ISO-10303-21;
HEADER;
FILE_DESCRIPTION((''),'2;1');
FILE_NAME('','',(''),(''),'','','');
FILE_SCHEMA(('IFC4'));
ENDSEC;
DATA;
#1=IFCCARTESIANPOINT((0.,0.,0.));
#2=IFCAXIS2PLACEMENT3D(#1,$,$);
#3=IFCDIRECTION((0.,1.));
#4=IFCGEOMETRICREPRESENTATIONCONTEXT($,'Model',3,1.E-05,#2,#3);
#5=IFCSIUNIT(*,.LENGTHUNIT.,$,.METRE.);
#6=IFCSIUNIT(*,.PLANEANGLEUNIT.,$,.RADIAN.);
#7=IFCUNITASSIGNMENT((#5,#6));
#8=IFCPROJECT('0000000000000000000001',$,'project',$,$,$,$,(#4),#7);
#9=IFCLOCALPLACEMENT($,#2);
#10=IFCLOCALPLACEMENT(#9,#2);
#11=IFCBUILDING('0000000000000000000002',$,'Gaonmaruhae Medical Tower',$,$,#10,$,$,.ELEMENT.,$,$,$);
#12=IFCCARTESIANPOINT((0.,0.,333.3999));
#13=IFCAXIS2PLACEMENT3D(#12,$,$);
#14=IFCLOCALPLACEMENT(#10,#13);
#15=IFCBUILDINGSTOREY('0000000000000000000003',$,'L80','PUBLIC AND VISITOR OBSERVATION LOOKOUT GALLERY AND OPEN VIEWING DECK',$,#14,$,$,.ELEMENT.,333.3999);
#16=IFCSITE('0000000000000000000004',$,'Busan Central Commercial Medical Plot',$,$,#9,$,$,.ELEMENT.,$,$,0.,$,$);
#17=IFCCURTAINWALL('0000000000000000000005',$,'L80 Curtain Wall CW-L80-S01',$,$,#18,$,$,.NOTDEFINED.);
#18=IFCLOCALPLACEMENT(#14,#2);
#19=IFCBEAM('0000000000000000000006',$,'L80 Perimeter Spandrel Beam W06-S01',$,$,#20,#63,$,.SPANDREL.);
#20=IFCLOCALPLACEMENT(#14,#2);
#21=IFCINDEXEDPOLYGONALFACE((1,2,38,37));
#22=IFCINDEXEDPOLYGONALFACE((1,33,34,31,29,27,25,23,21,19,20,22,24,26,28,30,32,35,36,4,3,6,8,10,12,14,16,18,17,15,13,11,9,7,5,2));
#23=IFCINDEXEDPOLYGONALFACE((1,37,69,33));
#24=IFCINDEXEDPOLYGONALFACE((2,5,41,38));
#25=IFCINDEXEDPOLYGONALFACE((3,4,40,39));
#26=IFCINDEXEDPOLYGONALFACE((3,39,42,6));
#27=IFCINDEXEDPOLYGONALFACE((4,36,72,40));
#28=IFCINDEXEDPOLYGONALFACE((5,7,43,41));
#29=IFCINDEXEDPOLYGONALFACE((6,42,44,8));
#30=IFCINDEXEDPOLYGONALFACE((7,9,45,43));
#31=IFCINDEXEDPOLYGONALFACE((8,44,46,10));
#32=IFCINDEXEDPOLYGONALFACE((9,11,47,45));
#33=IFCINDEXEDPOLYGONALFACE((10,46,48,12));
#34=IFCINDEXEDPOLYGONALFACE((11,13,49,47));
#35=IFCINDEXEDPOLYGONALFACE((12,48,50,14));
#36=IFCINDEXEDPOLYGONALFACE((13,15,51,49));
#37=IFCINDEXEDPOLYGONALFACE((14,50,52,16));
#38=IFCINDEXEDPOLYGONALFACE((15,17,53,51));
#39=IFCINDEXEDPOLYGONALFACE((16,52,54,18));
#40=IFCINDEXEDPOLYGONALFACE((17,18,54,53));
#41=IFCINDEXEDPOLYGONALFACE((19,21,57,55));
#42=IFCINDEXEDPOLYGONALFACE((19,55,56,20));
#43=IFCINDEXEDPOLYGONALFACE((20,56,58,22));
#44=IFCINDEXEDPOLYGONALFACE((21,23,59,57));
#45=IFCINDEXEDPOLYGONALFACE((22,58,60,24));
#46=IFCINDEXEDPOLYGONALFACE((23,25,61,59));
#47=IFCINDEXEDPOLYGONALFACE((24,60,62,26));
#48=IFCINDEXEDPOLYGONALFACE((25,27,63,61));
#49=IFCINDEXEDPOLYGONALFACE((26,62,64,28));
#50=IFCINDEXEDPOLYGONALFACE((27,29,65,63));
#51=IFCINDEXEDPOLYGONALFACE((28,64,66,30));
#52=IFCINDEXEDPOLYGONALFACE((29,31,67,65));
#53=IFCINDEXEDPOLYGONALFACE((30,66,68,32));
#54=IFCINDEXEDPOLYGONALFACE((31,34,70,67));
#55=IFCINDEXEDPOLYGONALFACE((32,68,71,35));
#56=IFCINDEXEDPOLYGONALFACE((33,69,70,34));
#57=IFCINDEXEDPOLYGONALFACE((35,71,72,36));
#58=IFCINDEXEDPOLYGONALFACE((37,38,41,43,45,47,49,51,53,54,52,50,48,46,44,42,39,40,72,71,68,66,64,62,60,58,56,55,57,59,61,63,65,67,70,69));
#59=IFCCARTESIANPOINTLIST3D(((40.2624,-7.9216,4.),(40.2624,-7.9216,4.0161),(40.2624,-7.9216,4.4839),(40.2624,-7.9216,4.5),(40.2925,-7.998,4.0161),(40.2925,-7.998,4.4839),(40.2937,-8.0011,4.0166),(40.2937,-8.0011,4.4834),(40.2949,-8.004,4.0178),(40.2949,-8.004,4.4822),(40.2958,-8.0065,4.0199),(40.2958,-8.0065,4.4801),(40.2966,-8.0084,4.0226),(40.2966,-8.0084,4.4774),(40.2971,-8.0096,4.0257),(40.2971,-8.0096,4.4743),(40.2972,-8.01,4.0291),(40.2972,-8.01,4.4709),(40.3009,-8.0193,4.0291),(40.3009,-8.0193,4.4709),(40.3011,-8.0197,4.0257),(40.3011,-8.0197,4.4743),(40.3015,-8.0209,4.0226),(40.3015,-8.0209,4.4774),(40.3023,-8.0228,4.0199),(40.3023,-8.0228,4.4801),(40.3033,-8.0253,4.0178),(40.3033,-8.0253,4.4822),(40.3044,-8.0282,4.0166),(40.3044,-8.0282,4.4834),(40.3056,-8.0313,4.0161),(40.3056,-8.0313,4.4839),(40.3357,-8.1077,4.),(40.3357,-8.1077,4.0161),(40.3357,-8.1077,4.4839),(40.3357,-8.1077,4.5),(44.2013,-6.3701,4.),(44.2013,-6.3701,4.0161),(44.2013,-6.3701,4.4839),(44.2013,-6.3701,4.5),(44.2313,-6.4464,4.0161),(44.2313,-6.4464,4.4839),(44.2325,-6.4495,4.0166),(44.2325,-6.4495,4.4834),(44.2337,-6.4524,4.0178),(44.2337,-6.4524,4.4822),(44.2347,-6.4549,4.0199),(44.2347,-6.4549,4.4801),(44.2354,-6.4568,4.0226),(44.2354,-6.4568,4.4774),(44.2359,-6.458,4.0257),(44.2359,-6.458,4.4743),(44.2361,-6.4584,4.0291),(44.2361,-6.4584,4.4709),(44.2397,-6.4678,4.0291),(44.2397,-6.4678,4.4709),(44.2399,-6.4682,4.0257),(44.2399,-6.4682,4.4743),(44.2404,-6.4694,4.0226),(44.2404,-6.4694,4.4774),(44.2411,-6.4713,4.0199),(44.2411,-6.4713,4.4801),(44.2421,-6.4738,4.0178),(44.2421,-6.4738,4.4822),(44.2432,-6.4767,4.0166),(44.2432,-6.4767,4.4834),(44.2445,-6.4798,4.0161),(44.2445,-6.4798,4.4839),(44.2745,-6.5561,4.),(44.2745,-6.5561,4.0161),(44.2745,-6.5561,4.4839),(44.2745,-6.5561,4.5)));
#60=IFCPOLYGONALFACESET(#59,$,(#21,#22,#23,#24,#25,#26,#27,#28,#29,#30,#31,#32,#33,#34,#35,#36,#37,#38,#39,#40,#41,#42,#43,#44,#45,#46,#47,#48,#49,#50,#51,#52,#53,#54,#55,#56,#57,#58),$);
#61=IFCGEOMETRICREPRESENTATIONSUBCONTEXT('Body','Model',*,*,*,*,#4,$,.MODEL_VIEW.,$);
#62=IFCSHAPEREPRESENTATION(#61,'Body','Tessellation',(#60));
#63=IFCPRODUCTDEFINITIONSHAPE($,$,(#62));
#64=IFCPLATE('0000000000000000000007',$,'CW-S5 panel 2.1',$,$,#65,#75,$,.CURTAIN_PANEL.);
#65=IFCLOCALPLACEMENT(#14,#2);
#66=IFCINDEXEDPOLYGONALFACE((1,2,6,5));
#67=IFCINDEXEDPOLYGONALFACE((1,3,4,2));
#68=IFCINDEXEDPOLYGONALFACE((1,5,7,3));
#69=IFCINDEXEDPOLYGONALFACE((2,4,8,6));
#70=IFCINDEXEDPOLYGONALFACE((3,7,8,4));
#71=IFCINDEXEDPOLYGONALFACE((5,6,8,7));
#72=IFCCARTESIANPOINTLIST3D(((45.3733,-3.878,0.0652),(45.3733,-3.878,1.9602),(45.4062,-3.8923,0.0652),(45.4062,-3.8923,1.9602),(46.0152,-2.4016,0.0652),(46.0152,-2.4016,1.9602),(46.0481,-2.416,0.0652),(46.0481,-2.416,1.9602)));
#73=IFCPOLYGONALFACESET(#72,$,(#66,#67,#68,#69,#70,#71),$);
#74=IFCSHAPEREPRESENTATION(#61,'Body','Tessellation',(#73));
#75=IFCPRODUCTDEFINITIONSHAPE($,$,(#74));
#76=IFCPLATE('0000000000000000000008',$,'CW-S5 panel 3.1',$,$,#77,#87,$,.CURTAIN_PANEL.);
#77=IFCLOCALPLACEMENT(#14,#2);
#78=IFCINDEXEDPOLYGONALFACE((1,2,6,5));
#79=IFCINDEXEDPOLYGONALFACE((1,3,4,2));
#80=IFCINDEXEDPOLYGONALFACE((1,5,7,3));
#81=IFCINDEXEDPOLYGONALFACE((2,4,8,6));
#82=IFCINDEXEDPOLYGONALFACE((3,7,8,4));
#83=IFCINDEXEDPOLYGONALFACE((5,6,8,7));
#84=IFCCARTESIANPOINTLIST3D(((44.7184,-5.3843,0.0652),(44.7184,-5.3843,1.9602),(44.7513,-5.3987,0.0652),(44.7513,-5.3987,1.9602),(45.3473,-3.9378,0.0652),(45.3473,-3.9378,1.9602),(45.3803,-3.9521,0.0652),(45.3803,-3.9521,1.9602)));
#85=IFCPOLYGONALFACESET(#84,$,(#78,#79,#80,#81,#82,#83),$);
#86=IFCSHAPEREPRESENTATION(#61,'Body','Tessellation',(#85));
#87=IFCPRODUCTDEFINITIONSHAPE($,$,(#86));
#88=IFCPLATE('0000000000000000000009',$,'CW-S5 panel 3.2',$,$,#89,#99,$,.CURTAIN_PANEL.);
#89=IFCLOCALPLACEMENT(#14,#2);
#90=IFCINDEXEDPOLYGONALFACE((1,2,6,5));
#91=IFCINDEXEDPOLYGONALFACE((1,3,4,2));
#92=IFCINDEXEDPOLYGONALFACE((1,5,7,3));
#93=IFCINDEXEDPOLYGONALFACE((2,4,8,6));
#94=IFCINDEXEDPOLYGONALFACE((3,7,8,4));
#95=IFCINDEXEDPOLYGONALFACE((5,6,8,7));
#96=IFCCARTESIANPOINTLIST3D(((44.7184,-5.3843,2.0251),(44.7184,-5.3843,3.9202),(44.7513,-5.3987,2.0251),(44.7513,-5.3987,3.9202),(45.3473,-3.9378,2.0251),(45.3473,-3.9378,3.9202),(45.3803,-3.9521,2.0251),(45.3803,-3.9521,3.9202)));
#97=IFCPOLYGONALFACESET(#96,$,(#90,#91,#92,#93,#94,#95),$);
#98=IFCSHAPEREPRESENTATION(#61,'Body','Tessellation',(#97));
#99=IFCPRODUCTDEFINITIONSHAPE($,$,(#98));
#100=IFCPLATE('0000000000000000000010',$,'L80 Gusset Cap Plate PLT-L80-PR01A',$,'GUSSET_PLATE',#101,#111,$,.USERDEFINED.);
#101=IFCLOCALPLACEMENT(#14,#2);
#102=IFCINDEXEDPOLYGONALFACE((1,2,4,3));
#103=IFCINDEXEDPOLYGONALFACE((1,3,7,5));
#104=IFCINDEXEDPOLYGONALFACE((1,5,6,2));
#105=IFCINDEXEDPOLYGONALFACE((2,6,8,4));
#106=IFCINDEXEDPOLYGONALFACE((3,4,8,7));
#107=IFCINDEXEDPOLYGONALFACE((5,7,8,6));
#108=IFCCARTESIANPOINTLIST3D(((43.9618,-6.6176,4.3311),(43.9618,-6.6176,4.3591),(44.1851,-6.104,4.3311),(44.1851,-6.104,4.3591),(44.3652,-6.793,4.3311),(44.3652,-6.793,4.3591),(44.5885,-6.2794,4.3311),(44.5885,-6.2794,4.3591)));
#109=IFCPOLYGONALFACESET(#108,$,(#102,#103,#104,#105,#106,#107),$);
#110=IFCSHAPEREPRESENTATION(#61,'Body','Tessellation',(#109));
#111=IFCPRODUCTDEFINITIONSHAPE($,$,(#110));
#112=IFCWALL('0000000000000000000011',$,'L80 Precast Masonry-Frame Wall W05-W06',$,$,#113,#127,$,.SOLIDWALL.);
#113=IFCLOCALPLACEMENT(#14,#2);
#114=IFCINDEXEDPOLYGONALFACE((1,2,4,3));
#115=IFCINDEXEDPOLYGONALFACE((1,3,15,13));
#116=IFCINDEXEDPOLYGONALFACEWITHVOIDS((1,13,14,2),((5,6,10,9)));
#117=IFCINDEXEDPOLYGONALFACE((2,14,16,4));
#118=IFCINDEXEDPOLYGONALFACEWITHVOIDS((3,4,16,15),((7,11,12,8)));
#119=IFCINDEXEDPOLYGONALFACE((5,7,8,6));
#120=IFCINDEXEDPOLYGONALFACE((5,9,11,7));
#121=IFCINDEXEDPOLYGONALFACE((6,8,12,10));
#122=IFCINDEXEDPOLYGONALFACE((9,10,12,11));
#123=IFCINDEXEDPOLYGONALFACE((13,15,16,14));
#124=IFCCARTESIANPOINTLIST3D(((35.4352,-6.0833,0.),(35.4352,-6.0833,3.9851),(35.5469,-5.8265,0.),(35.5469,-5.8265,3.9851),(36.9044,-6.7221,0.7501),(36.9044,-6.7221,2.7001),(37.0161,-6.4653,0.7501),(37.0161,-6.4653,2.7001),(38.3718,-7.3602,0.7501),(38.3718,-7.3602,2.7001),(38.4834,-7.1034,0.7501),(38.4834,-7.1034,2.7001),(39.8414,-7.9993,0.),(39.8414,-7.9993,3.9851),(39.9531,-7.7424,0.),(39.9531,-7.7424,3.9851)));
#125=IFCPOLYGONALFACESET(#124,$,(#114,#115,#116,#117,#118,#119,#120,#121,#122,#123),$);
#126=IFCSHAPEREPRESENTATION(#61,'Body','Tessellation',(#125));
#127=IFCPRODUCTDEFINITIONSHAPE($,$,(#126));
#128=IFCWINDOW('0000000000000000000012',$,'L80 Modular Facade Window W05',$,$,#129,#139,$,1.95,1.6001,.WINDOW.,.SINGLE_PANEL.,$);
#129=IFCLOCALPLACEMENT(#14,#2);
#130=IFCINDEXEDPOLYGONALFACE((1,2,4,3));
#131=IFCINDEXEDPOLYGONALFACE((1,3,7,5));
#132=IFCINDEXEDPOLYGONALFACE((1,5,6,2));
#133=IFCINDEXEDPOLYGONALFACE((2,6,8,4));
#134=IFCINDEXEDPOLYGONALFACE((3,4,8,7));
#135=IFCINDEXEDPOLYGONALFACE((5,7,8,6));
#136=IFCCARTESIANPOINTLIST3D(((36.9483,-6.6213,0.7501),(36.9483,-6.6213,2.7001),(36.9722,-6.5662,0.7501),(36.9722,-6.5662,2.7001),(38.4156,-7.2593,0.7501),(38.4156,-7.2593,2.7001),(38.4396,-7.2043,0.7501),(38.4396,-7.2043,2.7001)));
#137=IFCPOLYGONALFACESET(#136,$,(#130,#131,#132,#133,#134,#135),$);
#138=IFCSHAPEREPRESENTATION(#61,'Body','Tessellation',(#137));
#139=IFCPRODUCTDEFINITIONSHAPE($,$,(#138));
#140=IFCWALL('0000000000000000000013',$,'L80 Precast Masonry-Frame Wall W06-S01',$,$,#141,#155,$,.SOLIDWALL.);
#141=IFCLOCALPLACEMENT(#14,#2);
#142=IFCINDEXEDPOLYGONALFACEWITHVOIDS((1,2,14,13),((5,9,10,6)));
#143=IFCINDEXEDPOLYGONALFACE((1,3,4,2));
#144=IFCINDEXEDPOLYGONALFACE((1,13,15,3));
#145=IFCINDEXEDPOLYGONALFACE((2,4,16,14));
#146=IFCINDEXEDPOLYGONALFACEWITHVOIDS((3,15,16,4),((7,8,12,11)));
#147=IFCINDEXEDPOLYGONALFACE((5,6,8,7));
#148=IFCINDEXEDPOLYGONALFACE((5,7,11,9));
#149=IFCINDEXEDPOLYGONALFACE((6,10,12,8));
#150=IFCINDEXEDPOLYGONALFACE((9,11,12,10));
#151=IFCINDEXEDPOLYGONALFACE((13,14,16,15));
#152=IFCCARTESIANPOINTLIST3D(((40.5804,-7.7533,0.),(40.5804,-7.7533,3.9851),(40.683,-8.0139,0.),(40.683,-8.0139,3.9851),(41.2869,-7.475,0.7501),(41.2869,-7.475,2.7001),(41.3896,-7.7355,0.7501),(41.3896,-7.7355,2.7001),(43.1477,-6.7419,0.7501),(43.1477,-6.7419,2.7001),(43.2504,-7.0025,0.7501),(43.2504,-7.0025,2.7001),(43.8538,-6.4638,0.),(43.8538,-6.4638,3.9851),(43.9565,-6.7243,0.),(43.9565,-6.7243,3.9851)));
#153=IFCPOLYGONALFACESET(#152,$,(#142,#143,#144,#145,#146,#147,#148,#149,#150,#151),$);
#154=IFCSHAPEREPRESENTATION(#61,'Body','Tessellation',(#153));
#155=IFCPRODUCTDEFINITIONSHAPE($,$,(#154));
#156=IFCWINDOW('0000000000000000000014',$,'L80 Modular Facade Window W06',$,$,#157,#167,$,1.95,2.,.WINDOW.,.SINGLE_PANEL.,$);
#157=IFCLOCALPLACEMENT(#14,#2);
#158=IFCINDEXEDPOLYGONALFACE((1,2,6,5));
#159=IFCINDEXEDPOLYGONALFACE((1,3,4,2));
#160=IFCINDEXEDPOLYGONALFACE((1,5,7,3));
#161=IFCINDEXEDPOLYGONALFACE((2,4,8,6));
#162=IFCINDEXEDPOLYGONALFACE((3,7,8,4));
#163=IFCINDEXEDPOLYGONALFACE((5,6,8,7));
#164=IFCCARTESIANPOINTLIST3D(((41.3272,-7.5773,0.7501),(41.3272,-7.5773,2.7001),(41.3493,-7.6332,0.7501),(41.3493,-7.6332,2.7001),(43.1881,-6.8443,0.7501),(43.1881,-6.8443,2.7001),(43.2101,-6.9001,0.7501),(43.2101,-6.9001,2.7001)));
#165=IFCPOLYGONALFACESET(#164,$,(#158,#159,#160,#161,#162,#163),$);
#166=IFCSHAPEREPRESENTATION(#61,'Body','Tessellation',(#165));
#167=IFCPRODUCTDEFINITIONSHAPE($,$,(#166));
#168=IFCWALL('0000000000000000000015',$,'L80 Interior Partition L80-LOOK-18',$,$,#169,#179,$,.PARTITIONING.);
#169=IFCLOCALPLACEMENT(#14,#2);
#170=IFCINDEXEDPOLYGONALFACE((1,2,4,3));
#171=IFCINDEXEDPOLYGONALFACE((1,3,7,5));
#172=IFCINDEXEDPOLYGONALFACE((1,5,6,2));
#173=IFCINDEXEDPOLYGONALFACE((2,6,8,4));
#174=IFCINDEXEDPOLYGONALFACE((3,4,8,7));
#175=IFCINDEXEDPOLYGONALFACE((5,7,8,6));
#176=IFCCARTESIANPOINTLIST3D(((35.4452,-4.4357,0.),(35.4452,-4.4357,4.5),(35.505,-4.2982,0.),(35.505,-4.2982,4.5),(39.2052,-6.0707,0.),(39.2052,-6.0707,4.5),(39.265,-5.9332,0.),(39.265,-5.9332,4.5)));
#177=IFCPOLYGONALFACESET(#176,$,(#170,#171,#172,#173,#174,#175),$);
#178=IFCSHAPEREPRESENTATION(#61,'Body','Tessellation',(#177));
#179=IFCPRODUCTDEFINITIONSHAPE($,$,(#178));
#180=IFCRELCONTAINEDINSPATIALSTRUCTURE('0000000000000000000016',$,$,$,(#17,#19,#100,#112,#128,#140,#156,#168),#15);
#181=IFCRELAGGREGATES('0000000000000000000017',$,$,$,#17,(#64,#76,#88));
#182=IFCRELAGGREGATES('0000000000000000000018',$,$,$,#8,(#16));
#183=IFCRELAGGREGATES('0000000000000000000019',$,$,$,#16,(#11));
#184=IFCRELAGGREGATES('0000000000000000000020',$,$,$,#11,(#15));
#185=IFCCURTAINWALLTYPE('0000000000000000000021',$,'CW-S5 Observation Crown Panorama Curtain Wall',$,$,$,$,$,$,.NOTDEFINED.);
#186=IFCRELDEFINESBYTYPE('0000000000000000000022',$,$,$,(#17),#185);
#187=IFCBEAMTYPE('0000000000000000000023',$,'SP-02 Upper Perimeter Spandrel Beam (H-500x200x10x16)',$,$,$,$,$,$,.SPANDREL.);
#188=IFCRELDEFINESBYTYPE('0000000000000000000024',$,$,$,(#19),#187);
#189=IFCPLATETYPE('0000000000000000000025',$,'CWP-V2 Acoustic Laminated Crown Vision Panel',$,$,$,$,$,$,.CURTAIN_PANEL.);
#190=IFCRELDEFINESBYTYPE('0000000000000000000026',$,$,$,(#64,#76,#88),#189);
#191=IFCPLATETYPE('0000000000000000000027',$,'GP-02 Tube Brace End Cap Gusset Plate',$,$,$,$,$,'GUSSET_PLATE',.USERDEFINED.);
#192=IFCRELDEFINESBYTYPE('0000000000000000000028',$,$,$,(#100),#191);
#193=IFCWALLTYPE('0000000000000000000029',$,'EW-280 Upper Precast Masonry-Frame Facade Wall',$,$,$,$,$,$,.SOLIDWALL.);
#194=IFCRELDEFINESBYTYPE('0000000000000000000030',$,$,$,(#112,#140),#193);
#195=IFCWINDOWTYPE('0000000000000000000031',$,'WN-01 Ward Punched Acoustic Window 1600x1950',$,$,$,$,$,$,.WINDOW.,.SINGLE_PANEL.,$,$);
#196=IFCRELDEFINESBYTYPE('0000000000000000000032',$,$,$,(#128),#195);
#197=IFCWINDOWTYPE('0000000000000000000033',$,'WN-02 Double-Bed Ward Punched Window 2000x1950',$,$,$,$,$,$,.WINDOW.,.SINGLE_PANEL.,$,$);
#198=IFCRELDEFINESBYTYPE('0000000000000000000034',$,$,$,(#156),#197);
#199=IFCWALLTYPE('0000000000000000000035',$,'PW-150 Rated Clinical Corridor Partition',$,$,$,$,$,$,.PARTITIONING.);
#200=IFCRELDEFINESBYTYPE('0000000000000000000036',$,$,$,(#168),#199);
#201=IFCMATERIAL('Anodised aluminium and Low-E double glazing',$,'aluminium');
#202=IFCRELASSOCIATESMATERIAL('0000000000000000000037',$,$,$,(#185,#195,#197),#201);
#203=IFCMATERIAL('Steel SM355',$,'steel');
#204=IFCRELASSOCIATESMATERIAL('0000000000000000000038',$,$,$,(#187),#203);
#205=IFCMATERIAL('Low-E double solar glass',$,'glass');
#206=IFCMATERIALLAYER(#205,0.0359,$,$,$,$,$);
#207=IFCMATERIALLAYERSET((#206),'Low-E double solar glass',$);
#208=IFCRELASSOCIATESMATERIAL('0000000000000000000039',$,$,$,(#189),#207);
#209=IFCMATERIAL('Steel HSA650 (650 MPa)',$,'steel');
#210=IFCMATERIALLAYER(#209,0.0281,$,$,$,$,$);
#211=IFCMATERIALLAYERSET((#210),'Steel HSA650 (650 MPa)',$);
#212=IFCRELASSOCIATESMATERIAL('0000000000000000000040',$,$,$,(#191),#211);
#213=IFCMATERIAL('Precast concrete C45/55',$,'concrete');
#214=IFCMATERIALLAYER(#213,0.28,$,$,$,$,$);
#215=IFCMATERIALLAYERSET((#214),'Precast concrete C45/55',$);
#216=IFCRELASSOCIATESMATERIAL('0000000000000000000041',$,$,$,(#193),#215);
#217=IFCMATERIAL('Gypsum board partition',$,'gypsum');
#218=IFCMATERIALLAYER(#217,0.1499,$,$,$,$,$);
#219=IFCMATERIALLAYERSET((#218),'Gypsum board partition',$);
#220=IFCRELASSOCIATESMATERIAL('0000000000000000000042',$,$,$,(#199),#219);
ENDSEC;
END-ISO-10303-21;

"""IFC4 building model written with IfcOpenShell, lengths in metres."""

from ifc_helpers import new_model, si_unit, direction, frame, frame_2d, origin, origin_2d, place, context, subcontext, project, spatial, rectangle, i_section, extrude, material, layer, layer_set, material_profile, profile_set, type_object, element, fill, aggregate, save


model = new_model("IFC4")

# Units and contexts
model_context = context("Model", 3, precision=1e-05, world=origin(), true_north=direction((0.0, 1.0)))
body_context = subcontext(model_context, "Body", "Model", "MODEL_VIEW")
ifc_project = project(units=[si_unit("LENGTHUNIT", "METRE"), si_unit("PLANEANGLEUNIT", "RADIAN")], contexts=[model_context])

# Site, building, storey
site_placement = place(None, origin())
site = spatial("IfcSite", under=ifc_project, at=site_placement, Name="Busan Central Commercial Medical Plot", CompositionType="ELEMENT", RefElevation=0.0)
building_placement = place(site_placement, origin())
building = spatial("IfcBuilding", under=site, at=building_placement, Name="Gaonmaruhae Medical Tower", CompositionType="ELEMENT")
storey_placement = place(building_placement, frame((0.0, 0.0, 333.3999)))
storey = spatial("IfcBuildingStorey", under=building, at=storey_placement, Name="L80", Description="PUBLIC AND VISITOR OBSERVATION LOOKOUT GALLERY AND OPEN VIEWING DECK", CompositionType="ELEMENT", Elevation=333.3999)

# Curtain wall
ifc_material_1 = material(Name="Anodised aluminium and Low-E double glazing", Category="aluminium")
curtain_wall_type = type_object("IfcCurtainWallType", Name="CW-S5 Observation Crown Panorama Curtain Wall", PredefinedType="NOTDEFINED", material=ifc_material_1)
curtain_wall_placement = place(storey_placement, origin())
curtain_wall = element("IfcCurtainWall", 1, at=curtain_wall_placement, inside=storey, type_object=curtain_wall_type, Name="L80 Curtain Wall CW-L80-S01", PredefinedType="NOTDEFINED")

# Shared definitions
ifc_material_2 = material(Name="Steel SM355", Category="steel")

# Beam
ifc_material_profile_1 = material_profile(ifc_material_2, i_section(OverallWidth=0.2, OverallDepth=0.5, WebThickness=0.01, FlangeThickness=0.0161, FilletRadius=0.0129, at=origin_2d()), Name="H-500x200x10x16")
ifc_profile_set_1 = profile_set([ifc_material_profile_1], Name="Steel SM355")
beam_type = type_object("IfcBeamType", Name="SP-02 Upper Perimeter Spandrel Beam (H-500x200x10x16)", PredefinedType="SPANDREL", material=ifc_profile_set_1)
beam_1_placement = place(storey_placement, frame((40.2991, -8.0146, 4.25), z_axis=(0.930417, 0.366503, 0.0), x_axis=(-0.366503, 0.930417, 0.0)))
element("IfcBeam", 2, at=beam_1_placement, inside=storey, type_object=beam_type, Name="L80 Perimeter Spandrel Beam W06-S01", PredefinedType="SPANDREL", context=body_context, shape_type="SweptSolid", body=[
    extrude(i_section(OverallWidth=0.2, OverallDepth=0.5, WebThickness=0.01, FlangeThickness=0.0161, FilletRadius=0.0129, at=origin_2d()), origin(), (0.0, 0.0, 1.0), 4.2334),
])

# Plates
ifc_material_3 = material(Name="Low-E double solar glass", Category="glass")
ifc_layer_1 = layer(ifc_material_3, 0.0359)
ifc_layer_set_1 = layer_set([ifc_layer_1], Name="Low-E double solar glass")
plate_type_1 = type_object("IfcPlateType", Name="CWP-V2 Acoustic Laminated Crown Vision Panel", PredefinedType="CURTAIN_PANEL", material=ifc_layer_set_1)
plate_1_placement = place(storey_placement, frame((45.7107, -3.147, 0.0652), z_axis=(0.0, 0.0, 1.0), x_axis=(-0.398732, -0.917068, 0.0)))
plate_1 = element("IfcPlate", 3, at=plate_1_placement, type_object=plate_type_1, Name="CW-S5 panel 2.1", PredefinedType="CURTAIN_PANEL", context=body_context, shape_type="SweptSolid", body=[
    extrude(rectangle(XDim=1.6099, YDim=0.0359, at=origin_2d()), origin(), (0.0, 0.0, 1.0), 1.895),
])
plate_2_placement = place(storey_placement, frame((45.0493, -4.6682, 0.0652), z_axis=(0.0, 0.0, 1.0), x_axis=(-0.398732, -0.917068, 0.0)))
plate_2 = element("IfcPlate", 4, at=plate_2_placement, type_object=plate_type_1, Name="CW-S5 panel 3.1", PredefinedType="CURTAIN_PANEL", context=body_context, shape_type="SweptSolid", body=[
    extrude(rectangle(XDim=1.5774, YDim=0.0359, at=origin_2d()), origin(), (0.0, 0.0, 1.0), 1.895),
])
plate_3_placement = place(storey_placement, frame((45.0493, -4.6682, 2.0251), z_axis=(0.0, 0.0, 1.0), x_axis=(-0.398732, -0.917068, 0.0)))
plate_3 = element("IfcPlate", 5, at=plate_3_placement, type_object=plate_type_1, Name="CW-S5 panel 3.2", PredefinedType="CURTAIN_PANEL", context=body_context, shape_type="SweptSolid", body=[
    extrude(rectangle(XDim=1.5774, YDim=0.0359, at=origin_2d()), origin(), (0.0, 0.0, 1.0), 1.895),
])
aggregate(curtain_wall, [plate_1, plate_2, plate_3])
ifc_material_4 = material(Name="Steel HSA650 (650 MPa)", Category="steel")
ifc_layer_2 = layer(ifc_material_4, 0.0281)
ifc_layer_set_2 = layer_set([ifc_layer_2], Name="Steel HSA650 (650 MPa)")
plate_type_2 = type_object("IfcPlateType", Name="GP-02 Tube Brace End Cap Gusset Plate", ElementType="GUSSET_PLATE", PredefinedType="USERDEFINED", material=ifc_layer_set_2)
plate_4_placement = place(storey_placement, frame((44.2751, -6.4485, 4.3311), z_axis=(0.0, 0.0, 1.0), x_axis=(0.398749, 0.91706, 0.0)))
element("IfcPlate", 6, at=plate_4_placement, inside=storey, type_object=plate_type_2, Name="L80 Gusset Cap Plate PLT-L80-PR01A", ObjectType="GUSSET_PLATE", PredefinedType="USERDEFINED", context=body_context, shape_type="SweptSolid", body=[
    extrude(rectangle(XDim=0.5601, YDim=0.4399, at=origin_2d()), origin(), (0.0, 0.0, 1.0), 0.0281),
])

# Walls, openings, windows
ifc_material_5 = material(Name="Precast concrete C45/55", Category="concrete")
ifc_layer_3 = layer(ifc_material_5, 0.28)
ifc_layer_set_3 = layer_set([ifc_layer_3], Name="Precast concrete C45/55")
wall_type_1 = type_object("IfcWallType", Name="EW-280 Upper Precast Masonry-Frame Facade Wall", PredefinedType="SOLIDWALL", material=ifc_layer_set_3)
wall_1_placement = place(storey_placement, frame((39.8972, -7.8708, 0.0), z_axis=(0.0, 0.0, 1.0), x_axis=(-0.917051, 0.398771, 0.0)))
wall_1 = element("IfcWall", 7, at=wall_1_placement, inside=storey, type_object=wall_type_1, Name="L80 Precast Masonry-Frame Wall W05-W06", PredefinedType="SOLIDWALL", context=body_context, shape_type="SweptSolid", body=[
    extrude(rectangle(XDim=4.8047, YDim=0.28, at=frame_2d((2.4023, 0.0))), origin(), (0.0, 0.0, 1.0), 3.9851),
])
opening_1_placement = place(wall_1_placement, frame((1.6025, 0.0, 0.75)))
opening_1 = element("IfcOpeningElement", 8, at=opening_1_placement, cuts=wall_1, PredefinedType="OPENING", context=body_context, shape_type="SweptSolid", body=[
    extrude(rectangle(XDim=1.6001, YDim=1.95, at=frame_2d((0.8, 0.9751))), frame((0.0, 0.1499, 0.0), z_axis=(0.0, -1.0, 0.0), x_axis=(1.0, 0.0, 0.0)), (0.0, 0.0, 1.0), 0.3),
])
window_type_1 = type_object("IfcWindowType", Name="WN-01 Ward Punched Acoustic Window 1600x1950", PartitioningType="SINGLE_PANEL", PredefinedType="WINDOW", material=ifc_material_1)
window_1_placement = place(opening_1_placement, origin())
window_1 = element("IfcWindow", 9, at=window_1_placement, inside=storey, type_object=window_type_1, Name="L80 Modular Facade Window W05", OverallHeight=1.95, OverallWidth=1.6001, PartitioningType="SINGLE_PANEL", PredefinedType="WINDOW", context=body_context, shape_type="SweptSolid", body=[
    extrude(rectangle(XDim=1.6001, YDim=1.95, at=frame_2d((0.8, 0.9751))), frame((0.0, 0.03, 0.0), z_axis=(0.0, -1.0, 0.0), x_axis=(1.0, 0.0, 0.0)), (0.0, 0.0, 1.0), 0.0601),
])
fill(opening_1, window_1)
wall_2_placement = place(storey_placement, frame((43.9053, -6.594, 0.0), z_axis=(0.0, 0.0, 1.0), x_axis=(-0.930407, -0.366528, 0.0)))
wall_2 = element("IfcWall", 10, at=wall_2_placement, inside=storey, type_object=wall_type_1, Name="L80 Precast Masonry-Frame Wall W06-S01", PredefinedType="SOLIDWALL", context=body_context, shape_type="SweptSolid", body=[
    extrude(rectangle(XDim=3.5183, YDim=0.28, at=frame_2d((1.7593, 0.0))), origin(), (0.0, 0.0, 1.0), 3.9851),
])
opening_2_placement = place(wall_2_placement, frame((0.759, 0.0, 0.75)))
opening_2 = element("IfcOpeningElement", 11, at=opening_2_placement, cuts=wall_2, PredefinedType="OPENING", context=body_context, shape_type="SweptSolid", body=[
    extrude(rectangle(XDim=2.0, YDim=1.95, at=frame_2d((1.0, 0.9751))), frame((0.0, 0.1499, 0.0), z_axis=(0.0, -1.0, 0.0), x_axis=(1.0, 0.0, 0.0)), (0.0, 0.0, 1.0), 0.3),
])
window_type_2 = type_object("IfcWindowType", Name="WN-02 Double-Bed Ward Punched Window 2000x1950", PartitioningType="SINGLE_PANEL", PredefinedType="WINDOW", material=ifc_material_1)
window_2_placement = place(opening_2_placement, origin())
window_2 = element("IfcWindow", 12, at=window_2_placement, inside=storey, type_object=window_type_2, Name="L80 Modular Facade Window W06", OverallHeight=1.95, OverallWidth=2.0, PartitioningType="SINGLE_PANEL", PredefinedType="WINDOW", context=body_context, shape_type="SweptSolid", body=[
    extrude(rectangle(XDim=2.0, YDim=1.95, at=frame_2d((1.0, 0.9751))), frame((0.0, 0.03, 0.0), z_axis=(0.0, -1.0, 0.0), x_axis=(1.0, 0.0, 0.0)), (0.0, 0.0, 1.0), 0.0601),
])
fill(opening_2, window_2)

# Wall
ifc_material_6 = material(Name="Gypsum board partition", Category="gypsum")
ifc_layer_4 = layer(ifc_material_6, 0.1499)
ifc_layer_set_4 = layer_set([ifc_layer_4], Name="Gypsum board partition")
wall_type_2 = type_object("IfcWallType", Name="PW-150 Rated Clinical Corridor Partition", PredefinedType="PARTITIONING", material=ifc_layer_set_4)
wall_3_placement = place(storey_placement, frame((39.2351, -6.002, 0.0), z_axis=(0.0, 0.0, 1.0), x_axis=(-0.91705, 0.398772, 0.0)))
element("IfcWall", 13, at=wall_3_placement, inside=storey, type_object=wall_type_2, Name="L80 Interior Partition L80-LOOK-18", PredefinedType="PARTITIONING", context=body_context, shape_type="SweptSolid", body=[
    extrude(rectangle(XDim=4.1001, YDim=0.1499, at=frame_2d((2.05, 0.0))), origin(), (0.0, 0.0, 1.0), 4.5),
])

save(model, "model.ifc")
